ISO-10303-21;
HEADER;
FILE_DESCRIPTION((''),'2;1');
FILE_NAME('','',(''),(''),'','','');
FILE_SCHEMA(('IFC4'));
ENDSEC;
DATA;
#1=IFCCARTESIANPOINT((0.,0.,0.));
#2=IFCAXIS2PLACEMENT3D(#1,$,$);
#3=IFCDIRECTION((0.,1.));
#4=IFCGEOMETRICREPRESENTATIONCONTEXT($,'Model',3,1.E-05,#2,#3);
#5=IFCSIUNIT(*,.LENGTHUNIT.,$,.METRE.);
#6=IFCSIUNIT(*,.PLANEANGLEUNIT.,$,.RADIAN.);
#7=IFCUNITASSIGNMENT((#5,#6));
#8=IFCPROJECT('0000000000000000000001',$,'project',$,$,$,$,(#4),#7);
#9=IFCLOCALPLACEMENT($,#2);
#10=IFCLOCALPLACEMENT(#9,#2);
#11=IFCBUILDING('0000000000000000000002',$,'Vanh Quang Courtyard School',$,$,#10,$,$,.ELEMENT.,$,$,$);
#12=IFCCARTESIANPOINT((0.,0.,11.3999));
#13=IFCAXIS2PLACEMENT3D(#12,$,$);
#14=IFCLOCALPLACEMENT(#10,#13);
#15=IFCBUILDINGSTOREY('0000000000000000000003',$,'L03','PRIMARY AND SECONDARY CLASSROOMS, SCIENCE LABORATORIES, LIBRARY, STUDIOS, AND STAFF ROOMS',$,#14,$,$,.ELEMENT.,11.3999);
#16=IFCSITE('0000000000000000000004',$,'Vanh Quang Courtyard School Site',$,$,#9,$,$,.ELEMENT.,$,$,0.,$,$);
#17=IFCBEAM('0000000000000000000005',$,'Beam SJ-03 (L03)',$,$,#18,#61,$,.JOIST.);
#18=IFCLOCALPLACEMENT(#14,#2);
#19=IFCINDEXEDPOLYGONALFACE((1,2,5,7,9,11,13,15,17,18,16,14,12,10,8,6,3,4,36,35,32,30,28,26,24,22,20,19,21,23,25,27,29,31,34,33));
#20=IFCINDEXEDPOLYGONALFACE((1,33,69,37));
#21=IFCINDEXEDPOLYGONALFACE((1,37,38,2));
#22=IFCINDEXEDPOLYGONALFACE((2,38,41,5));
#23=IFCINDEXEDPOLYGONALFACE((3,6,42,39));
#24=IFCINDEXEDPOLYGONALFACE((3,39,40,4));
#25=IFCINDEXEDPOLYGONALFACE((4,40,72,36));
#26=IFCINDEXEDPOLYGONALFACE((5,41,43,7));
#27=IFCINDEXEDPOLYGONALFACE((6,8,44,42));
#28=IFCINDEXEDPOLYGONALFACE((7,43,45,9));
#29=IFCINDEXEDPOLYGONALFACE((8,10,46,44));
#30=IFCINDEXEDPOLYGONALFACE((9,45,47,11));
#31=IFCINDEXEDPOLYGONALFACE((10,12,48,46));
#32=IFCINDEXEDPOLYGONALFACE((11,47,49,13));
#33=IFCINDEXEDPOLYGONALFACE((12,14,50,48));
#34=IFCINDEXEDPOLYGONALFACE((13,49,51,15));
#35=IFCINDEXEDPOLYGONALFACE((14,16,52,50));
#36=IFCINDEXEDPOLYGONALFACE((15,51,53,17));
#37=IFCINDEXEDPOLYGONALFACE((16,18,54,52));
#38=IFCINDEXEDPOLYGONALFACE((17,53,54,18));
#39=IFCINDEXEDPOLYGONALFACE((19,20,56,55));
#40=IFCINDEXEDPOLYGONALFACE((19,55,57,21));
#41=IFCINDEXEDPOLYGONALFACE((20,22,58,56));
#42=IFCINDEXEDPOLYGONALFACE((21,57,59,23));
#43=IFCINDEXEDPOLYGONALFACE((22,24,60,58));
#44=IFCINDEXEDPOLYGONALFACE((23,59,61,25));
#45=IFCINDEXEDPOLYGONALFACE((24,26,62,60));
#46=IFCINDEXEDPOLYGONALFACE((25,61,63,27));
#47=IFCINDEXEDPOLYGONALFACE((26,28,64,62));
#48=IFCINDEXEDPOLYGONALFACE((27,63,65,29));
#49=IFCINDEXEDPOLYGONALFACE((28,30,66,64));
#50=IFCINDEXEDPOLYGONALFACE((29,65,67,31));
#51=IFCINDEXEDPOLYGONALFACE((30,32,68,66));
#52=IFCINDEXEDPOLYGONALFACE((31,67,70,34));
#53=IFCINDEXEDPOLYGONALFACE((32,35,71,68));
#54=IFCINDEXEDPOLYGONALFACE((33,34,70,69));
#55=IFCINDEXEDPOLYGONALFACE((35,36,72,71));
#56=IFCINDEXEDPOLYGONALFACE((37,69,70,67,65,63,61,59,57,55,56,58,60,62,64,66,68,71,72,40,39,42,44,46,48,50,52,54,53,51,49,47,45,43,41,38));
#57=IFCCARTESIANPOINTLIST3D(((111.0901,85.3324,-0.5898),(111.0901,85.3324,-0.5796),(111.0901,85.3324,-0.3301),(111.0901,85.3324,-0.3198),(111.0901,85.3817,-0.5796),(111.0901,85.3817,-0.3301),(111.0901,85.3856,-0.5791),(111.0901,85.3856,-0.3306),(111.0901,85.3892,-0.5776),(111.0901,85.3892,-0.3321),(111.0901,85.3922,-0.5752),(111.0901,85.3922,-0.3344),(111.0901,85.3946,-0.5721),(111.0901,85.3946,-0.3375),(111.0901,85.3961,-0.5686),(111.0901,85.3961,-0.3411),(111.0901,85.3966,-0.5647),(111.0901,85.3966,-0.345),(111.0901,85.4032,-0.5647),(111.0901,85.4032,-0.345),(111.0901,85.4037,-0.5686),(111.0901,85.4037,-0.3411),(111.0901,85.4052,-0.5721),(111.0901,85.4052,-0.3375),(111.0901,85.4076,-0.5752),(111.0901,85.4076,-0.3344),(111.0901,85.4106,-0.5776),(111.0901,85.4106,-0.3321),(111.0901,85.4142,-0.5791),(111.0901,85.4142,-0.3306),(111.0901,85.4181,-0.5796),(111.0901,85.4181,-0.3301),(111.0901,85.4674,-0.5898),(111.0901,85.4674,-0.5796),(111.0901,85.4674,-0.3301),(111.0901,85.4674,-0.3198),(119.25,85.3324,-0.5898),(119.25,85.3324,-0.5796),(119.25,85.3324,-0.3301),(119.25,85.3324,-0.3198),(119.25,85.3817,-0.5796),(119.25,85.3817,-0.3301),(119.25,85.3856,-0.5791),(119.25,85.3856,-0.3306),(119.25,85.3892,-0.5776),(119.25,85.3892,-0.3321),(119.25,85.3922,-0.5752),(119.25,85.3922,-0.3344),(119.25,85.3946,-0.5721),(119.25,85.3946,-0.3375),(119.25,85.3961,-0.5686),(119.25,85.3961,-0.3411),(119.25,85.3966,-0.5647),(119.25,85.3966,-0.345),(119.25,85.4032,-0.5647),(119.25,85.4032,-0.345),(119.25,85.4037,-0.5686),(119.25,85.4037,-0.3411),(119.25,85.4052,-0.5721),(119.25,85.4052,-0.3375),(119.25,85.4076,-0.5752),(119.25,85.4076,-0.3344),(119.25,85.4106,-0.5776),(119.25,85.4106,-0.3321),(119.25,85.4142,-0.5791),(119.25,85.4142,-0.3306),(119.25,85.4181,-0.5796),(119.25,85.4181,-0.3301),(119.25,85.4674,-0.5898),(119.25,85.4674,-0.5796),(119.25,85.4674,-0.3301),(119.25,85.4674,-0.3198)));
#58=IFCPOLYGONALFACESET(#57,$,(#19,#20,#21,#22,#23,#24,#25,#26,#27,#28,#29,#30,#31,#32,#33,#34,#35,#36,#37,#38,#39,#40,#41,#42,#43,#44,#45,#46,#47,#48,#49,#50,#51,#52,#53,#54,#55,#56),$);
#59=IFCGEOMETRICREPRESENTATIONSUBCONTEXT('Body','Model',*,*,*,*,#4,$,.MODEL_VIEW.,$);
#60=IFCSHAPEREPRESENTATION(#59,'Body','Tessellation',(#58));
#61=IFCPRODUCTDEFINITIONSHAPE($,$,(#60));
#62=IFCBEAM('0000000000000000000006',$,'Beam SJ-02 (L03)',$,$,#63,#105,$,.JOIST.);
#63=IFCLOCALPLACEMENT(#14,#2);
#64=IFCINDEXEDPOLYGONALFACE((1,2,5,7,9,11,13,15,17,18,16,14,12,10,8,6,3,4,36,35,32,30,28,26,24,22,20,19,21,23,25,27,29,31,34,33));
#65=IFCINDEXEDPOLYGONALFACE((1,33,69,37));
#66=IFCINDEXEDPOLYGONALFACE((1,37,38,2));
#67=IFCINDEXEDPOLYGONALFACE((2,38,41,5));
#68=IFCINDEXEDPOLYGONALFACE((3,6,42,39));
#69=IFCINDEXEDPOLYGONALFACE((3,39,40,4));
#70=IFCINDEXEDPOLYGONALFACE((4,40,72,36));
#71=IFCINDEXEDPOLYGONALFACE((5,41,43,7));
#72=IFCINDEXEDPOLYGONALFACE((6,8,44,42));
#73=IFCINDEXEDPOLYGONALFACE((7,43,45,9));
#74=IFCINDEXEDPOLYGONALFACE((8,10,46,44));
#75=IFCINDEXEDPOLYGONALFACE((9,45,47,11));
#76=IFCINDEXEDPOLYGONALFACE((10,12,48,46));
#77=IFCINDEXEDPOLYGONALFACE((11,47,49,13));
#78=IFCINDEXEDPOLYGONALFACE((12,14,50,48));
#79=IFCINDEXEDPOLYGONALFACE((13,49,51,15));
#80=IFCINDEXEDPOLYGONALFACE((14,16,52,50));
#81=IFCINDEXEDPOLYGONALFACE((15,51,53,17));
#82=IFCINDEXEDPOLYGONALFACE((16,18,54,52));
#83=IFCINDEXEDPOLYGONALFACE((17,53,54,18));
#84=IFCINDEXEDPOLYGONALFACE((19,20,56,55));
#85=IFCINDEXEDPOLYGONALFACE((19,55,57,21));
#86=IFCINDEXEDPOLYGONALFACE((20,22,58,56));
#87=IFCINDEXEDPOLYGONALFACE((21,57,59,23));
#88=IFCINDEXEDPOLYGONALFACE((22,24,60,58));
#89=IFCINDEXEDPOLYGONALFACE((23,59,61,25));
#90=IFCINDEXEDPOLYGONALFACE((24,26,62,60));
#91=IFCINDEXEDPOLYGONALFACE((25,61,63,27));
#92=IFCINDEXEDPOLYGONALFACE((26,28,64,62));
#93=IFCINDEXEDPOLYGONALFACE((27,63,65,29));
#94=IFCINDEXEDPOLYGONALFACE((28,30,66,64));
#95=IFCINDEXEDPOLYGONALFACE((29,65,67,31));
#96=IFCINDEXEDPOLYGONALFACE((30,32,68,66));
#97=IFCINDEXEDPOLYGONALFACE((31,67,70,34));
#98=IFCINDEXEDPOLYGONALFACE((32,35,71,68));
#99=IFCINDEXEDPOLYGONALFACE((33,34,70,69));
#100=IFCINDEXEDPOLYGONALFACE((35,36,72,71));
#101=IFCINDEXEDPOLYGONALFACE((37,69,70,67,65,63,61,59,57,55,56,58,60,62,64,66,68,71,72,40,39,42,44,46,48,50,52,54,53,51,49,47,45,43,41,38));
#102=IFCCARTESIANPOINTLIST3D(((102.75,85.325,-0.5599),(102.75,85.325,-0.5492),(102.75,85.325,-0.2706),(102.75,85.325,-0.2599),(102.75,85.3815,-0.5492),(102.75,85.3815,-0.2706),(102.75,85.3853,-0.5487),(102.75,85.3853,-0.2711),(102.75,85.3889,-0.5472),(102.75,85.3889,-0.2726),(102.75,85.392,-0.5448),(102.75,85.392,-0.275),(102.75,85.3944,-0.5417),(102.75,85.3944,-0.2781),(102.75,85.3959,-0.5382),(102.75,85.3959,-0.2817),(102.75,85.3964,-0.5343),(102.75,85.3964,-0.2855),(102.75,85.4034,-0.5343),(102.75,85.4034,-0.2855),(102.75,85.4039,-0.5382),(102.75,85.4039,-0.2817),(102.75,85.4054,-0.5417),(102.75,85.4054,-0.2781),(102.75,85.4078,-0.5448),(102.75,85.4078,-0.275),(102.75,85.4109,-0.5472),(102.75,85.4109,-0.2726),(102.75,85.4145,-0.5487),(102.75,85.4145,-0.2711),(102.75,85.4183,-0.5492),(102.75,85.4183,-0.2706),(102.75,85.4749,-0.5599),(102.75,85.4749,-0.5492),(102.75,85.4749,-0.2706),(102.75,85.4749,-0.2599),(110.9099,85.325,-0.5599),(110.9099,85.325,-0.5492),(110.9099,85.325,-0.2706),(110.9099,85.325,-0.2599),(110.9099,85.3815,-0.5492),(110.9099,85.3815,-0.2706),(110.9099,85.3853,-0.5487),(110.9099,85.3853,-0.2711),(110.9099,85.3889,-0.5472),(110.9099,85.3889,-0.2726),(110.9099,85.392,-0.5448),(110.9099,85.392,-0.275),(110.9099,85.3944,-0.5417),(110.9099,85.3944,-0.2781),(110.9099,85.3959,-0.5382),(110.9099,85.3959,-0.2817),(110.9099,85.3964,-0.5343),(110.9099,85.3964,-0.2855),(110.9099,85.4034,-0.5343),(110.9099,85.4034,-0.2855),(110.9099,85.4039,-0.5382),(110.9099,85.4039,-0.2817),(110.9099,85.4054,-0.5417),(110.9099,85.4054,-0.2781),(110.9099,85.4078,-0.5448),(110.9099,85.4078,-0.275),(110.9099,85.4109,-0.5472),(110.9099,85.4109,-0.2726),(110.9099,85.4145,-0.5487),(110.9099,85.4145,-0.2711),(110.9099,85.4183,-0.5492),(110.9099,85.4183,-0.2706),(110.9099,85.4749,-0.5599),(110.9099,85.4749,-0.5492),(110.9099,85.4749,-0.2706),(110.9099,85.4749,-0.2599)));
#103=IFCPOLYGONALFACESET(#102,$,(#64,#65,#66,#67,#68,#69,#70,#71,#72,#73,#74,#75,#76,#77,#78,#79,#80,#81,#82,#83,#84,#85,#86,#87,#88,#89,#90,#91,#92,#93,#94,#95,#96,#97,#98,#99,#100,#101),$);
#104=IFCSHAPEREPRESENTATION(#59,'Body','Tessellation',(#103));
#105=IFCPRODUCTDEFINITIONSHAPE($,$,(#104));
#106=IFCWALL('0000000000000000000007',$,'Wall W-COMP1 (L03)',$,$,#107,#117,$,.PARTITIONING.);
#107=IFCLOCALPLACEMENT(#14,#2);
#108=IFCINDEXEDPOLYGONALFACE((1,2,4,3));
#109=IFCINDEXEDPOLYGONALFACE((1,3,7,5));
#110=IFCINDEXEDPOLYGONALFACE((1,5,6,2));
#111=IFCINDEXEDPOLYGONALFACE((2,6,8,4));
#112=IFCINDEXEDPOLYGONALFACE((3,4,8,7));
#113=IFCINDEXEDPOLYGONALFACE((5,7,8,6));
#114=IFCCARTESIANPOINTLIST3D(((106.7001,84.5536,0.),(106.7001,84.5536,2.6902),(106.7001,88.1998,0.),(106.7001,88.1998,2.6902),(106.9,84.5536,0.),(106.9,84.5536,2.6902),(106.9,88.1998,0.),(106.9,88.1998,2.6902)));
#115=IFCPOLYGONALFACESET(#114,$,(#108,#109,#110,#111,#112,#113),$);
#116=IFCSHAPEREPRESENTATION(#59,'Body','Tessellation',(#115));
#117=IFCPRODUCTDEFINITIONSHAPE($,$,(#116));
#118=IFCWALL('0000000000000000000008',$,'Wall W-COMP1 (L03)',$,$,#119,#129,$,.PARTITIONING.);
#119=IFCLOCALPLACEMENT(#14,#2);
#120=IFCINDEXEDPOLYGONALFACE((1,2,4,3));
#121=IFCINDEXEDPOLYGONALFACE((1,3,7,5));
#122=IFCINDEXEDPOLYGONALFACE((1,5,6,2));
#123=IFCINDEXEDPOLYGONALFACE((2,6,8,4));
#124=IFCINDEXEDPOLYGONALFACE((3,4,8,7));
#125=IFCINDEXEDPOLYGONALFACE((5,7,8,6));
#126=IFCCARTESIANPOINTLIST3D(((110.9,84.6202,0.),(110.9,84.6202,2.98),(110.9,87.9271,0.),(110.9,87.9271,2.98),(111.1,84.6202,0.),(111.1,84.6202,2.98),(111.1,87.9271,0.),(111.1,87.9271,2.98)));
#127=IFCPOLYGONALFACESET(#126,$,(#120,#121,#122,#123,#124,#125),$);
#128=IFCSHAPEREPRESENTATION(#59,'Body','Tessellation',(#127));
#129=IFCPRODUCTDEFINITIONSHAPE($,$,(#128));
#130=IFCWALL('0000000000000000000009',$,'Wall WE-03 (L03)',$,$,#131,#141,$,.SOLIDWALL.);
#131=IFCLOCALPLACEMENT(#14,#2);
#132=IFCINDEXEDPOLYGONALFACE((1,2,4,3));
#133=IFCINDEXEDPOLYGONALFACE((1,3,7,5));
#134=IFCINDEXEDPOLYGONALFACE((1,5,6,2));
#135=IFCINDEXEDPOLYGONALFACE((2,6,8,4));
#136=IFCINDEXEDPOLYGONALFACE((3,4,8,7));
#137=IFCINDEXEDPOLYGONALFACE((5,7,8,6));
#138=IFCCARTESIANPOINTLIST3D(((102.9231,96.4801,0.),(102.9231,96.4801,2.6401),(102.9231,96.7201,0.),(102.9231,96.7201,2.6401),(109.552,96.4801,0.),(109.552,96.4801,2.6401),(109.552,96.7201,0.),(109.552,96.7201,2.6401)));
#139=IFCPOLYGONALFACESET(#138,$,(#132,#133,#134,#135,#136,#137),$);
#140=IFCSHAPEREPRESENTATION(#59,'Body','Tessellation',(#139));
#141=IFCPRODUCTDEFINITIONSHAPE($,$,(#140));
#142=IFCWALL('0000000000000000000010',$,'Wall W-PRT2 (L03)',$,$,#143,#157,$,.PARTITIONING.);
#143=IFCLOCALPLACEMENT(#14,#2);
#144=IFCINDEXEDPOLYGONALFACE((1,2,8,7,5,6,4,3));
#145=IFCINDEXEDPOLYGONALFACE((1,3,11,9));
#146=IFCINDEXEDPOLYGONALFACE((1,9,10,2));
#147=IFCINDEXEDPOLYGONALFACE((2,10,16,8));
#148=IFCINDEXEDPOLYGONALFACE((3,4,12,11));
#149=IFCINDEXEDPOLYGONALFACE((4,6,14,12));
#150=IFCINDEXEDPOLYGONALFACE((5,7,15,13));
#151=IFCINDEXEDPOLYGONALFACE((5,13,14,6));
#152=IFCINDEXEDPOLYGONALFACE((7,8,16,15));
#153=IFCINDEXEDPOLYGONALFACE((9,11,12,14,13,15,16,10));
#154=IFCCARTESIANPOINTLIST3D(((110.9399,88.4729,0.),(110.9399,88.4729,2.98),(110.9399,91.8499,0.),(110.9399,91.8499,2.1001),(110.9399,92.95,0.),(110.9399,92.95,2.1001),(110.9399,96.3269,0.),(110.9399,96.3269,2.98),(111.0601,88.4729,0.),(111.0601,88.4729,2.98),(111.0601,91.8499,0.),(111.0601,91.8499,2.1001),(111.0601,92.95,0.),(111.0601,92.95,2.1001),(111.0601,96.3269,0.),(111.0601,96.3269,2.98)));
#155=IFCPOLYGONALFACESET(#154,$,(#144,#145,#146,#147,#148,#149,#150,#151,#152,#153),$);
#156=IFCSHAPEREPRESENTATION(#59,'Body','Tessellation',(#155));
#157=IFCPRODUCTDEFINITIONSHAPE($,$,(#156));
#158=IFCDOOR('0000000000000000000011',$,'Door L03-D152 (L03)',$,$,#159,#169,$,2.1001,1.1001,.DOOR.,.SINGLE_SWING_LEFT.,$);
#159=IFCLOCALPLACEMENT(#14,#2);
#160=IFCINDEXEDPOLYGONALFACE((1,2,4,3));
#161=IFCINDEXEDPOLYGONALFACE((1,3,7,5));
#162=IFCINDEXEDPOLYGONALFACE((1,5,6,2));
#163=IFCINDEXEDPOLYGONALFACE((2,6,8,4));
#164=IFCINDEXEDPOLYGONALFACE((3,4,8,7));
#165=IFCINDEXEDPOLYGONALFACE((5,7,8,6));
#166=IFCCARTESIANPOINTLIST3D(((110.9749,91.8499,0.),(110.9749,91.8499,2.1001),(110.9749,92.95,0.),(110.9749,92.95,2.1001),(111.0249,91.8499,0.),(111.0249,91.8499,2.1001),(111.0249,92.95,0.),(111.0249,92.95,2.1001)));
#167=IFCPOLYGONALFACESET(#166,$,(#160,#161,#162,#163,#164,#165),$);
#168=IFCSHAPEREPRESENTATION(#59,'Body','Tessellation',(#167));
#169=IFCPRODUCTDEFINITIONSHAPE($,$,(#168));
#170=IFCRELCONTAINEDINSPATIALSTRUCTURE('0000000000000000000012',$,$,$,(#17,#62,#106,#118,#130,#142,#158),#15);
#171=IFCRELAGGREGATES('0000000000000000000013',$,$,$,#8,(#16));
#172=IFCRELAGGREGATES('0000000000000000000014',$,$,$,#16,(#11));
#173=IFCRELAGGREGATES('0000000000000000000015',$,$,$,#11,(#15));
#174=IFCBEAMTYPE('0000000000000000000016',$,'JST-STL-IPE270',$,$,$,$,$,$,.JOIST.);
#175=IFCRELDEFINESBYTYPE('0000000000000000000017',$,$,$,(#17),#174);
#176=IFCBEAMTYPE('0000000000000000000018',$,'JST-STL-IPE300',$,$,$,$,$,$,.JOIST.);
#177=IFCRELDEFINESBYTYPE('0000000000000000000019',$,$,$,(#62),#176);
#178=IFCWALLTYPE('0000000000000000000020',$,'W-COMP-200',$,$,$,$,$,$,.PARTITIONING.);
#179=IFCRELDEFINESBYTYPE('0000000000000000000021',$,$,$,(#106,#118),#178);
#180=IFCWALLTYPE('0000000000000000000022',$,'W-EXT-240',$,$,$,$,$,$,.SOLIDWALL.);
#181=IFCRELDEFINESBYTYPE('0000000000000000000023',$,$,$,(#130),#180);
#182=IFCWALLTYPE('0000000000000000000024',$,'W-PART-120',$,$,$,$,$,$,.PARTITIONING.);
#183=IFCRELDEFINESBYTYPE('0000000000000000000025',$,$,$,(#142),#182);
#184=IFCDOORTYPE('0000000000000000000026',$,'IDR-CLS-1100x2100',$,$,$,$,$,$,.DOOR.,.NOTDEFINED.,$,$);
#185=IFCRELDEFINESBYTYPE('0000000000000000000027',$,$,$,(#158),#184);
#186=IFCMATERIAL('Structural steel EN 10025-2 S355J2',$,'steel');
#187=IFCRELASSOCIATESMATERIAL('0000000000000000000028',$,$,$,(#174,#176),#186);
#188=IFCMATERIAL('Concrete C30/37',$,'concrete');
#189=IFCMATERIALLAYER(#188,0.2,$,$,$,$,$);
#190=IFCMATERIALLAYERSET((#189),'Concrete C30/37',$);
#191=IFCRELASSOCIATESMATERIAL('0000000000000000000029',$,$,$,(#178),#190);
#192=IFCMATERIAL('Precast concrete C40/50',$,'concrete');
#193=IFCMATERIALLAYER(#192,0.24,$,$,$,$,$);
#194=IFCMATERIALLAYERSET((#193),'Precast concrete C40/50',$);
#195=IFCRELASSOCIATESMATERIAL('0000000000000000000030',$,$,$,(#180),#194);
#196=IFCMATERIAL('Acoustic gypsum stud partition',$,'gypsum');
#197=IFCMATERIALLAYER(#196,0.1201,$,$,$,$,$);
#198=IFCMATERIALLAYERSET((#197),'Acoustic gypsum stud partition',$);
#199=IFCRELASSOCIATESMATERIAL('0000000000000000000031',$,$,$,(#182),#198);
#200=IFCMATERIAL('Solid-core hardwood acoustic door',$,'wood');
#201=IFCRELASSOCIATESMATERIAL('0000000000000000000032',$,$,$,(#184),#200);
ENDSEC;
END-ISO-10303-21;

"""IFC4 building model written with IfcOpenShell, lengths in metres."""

from ifc_helpers import new_model, si_unit, direction, frame, frame_2d, origin, origin_2d, place, context, subcontext, project, spatial, rectangle, i_section, extrude, material, layer, layer_set, material_profile, profile_set, type_object, element, fill, save


model = new_model("IFC4")

# Units and contexts
model_context = context("Model", 3, precision=1e-05, world=origin(), true_north=direction((0.0, 1.0)))
body_context = subcontext(model_context, "Body", "Model", "MODEL_VIEW")
ifc_project = project(units=[si_unit("LENGTHUNIT", "METRE"), si_unit("PLANEANGLEUNIT", "RADIAN")], contexts=[model_context])

# Site, building, storey
site_placement = place(None, origin())
site = spatial("IfcSite", under=ifc_project, at=site_placement, Name="Vanh Quang Courtyard School Site", CompositionType="ELEMENT", RefElevation=0.0)
building_placement = place(site_placement, origin())
building = spatial("IfcBuilding", under=site, at=building_placement, Name="Vanh Quang Courtyard School", CompositionType="ELEMENT")
storey_placement = place(building_placement, frame((0.0, 0.0, 11.3999)))
storey = spatial("IfcBuildingStorey", under=building, at=storey_placement, Name="L03", Description="PRIMARY AND SECONDARY CLASSROOMS, SCIENCE LABORATORIES, LIBRARY, STUDIOS, AND STAFF ROOMS", CompositionType="ELEMENT", Elevation=11.3999)

# Beams
ifc_material_1 = material(Name="Structural steel EN 10025-2 S355J2", Category="steel")
ifc_material_2 = material(Name="Concrete C30/37", Category="concrete")
ifc_material_profile_1 = material_profile(ifc_material_1, i_section(OverallWidth=0.135, OverallDepth=0.27, WebThickness=0.0066, FlangeThickness=0.0103, FilletRadius=0.0149, at=origin_2d()), Name="IPE 270")
ifc_profile_set_1 = profile_set([ifc_material_profile_1], Name="Structural steel EN 10025-2 S355J2")
beam_type_1 = type_object("IfcBeamType", Name="JST-STL-IPE270", PredefinedType="JOIST", material=ifc_profile_set_1)
for number, where, z_axis, x_axis, name in (
    (1, (111.0901, 85.3999, -0.4548), (1.0, 0.0, 0.0), (0.0, 1.0, 0.0), "Beam SJ-03 (L03)"),
):
    element("IfcBeam", number, at=place(storey_placement, frame(where, z_axis=z_axis, x_axis=x_axis)), inside=storey, type_object=beam_type_1, Name=name, PredefinedType="JOIST", context=body_context, shape_type="SweptSolid", body=[
        extrude(i_section(OverallWidth=0.135, OverallDepth=0.27, WebThickness=0.0066, FlangeThickness=0.0103, FilletRadius=0.0149, at=origin_2d()), origin(), (0.0, 0.0, 1.0), 8.1599),
    ])
ifc_material_profile_2 = material_profile(ifc_material_1, i_section(OverallWidth=0.1499, OverallDepth=0.3, WebThickness=0.0071, FlangeThickness=0.0107, FilletRadius=0.0149, at=origin_2d()), Name="IPE 300")
ifc_profile_set_2 = profile_set([ifc_material_profile_2], Name="Structural steel EN 10025-2 S355J2")
beam_type_2 = type_object("IfcBeamType", Name="JST-STL-IPE300", PredefinedType="JOIST", material=ifc_profile_set_2)
beam_1_placement = place(storey_placement, frame((102.75, 85.3999, -0.4099), z_axis=(1.0, 0.0, 0.0), x_axis=(0.0, 1.0, 0.0)))
element("IfcBeam", 2, at=beam_1_placement, inside=storey, type_object=beam_type_2, Name="Beam SJ-02 (L03)", PredefinedType="JOIST", context=body_context, shape_type="SweptSolid", body=[
    extrude(i_section(OverallWidth=0.1499, OverallDepth=0.3, WebThickness=0.0071, FlangeThickness=0.0107, FilletRadius=0.0149, at=origin_2d()), origin(), (0.0, 0.0, 1.0), 8.1599),
])

# Shared definitions
ifc_layer_1 = layer(ifc_material_2, 0.2)
ifc_layer_set_1 = layer_set([ifc_layer_1], Name="Concrete C30/37")
wall_type_1 = type_object("IfcWallType", Name="W-COMP-200", PredefinedType="PARTITIONING", material=ifc_layer_set_1)

# Wall
wall_1_placement = place(storey_placement, frame((106.8, 88.2, 0.0), z_axis=(0.0, 0.0, 1.0), x_axis=(0.0, -1.0, 0.0)))
element("IfcWall", 3, at=wall_1_placement, inside=storey, type_object=wall_type_1, Name="Wall W-COMP1 (L03)", PredefinedType="PARTITIONING", context=body_context, shape_type="SweptSolid", body=[
    extrude(rectangle(XDim=3.6462, YDim=0.2, at=frame_2d((1.8232, 0.0))), origin(), (0.0, 0.0, 1.0), 2.6902),
])

# Walls
wall_2_placement = place(storey_placement, frame((111.0, 87.927, 0.0), z_axis=(0.0, 0.0, 1.0), x_axis=(0.0, -1.0, 0.0)))
element("IfcWall", 4, at=wall_2_placement, inside=storey, type_object=wall_type_1, Name="Wall W-COMP1 (L03)", PredefinedType="PARTITIONING", context=body_context, shape_type="SweptSolid", body=[
    extrude(rectangle(XDim=3.3069, YDim=0.2, at=frame_2d((1.6533, 0.0))), origin(), (0.0, 0.0, 1.0), 2.98),
])
ifc_material_3 = material(Name="Precast concrete C40/50", Category="concrete")
ifc_layer_2 = layer(ifc_material_3, 0.24)
ifc_layer_set_2 = layer_set([ifc_layer_2], Name="Precast concrete C40/50")
wall_type_2 = type_object("IfcWallType", Name="W-EXT-240", PredefinedType="SOLIDWALL", material=ifc_layer_set_2)
wall_3_placement = place(storey_placement, frame((102.9231, 96.6001, 0.0), z_axis=(0.0, 0.0, 1.0), x_axis=(1.0, 0.0, 0.0)))
element("IfcWall", 5, at=wall_3_placement, inside=storey, type_object=wall_type_2, Name="Wall WE-03 (L03)", PredefinedType="SOLIDWALL", context=body_context, shape_type="SweptSolid", body=[
    extrude(rectangle(XDim=6.6289, YDim=0.24, at=frame_2d((3.3145, 0.0))), origin(), (0.0, 0.0, 1.0), 2.6401),
])

# Wall, opening, door
ifc_material_4 = material(Name="Acoustic gypsum stud partition", Category="gypsum")
ifc_layer_3 = layer(ifc_material_4, 0.1201)
ifc_layer_set_3 = layer_set([ifc_layer_3], Name="Acoustic gypsum stud partition")
wall_type_3 = type_object("IfcWallType", Name="W-PART-120", PredefinedType="PARTITIONING", material=ifc_layer_set_3)
wall_4_placement = place(storey_placement, frame((111.0, 96.3269, 0.0), z_axis=(0.0, 0.0, 1.0), x_axis=(0.0, -1.0, 0.0)))
wall_4 = element("IfcWall", 6, at=wall_4_placement, inside=storey, type_object=wall_type_3, Name="Wall W-PRT2 (L03)", PredefinedType="PARTITIONING", context=body_context, shape_type="SweptSolid", body=[
    extrude(rectangle(XDim=7.854, YDim=0.1201, at=frame_2d((3.927, 0.0))), origin(), (0.0, 0.0, 1.0), 2.98),
])
opening_1_placement = place(wall_4_placement, frame((3.377, 0.0, 0.0)))
opening_1 = element("IfcOpeningElement", 7, at=opening_1_placement, cuts=wall_4, PredefinedType="OPENING", context=body_context, shape_type="SweptSolid", body=[
    extrude(rectangle(XDim=1.1001, YDim=2.1001, at=frame_2d((0.55, 1.05))), frame((0.0, 0.0701, 0.0), z_axis=(0.0, -1.0, 0.0), x_axis=(1.0, 0.0, 0.0)), (0.0, 0.0, 1.0), 0.1401),
])
ifc_material_5 = material(Name="Solid-core hardwood acoustic door", Category="wood")
door_type_1 = type_object("IfcDoorType", Name="IDR-CLS-1100x2100", OperationType="NOTDEFINED", PredefinedType="DOOR", material=ifc_material_5)
door_1_placement = place(opening_1_placement, origin())
door_1 = element("IfcDoor", 8, at=door_1_placement, inside=storey, type_object=door_type_1, Name="Door L03-D152 (L03)", OperationType="SINGLE_SWING_LEFT", OverallHeight=2.1001, OverallWidth=1.1001, PredefinedType="DOOR", context=body_context, shape_type="SweptSolid", body=[
    extrude(rectangle(XDim=1.1001, YDim=2.1001, at=frame_2d((0.55, 1.05))), frame((0.0, 0.0249, 0.0), z_axis=(0.0, -1.0, 0.0), x_axis=(1.0, 0.0, 0.0)), (0.0, 0.0, 1.0), 0.05),
])
fill(opening_1, door_1)

save(model, "model.ifc")
